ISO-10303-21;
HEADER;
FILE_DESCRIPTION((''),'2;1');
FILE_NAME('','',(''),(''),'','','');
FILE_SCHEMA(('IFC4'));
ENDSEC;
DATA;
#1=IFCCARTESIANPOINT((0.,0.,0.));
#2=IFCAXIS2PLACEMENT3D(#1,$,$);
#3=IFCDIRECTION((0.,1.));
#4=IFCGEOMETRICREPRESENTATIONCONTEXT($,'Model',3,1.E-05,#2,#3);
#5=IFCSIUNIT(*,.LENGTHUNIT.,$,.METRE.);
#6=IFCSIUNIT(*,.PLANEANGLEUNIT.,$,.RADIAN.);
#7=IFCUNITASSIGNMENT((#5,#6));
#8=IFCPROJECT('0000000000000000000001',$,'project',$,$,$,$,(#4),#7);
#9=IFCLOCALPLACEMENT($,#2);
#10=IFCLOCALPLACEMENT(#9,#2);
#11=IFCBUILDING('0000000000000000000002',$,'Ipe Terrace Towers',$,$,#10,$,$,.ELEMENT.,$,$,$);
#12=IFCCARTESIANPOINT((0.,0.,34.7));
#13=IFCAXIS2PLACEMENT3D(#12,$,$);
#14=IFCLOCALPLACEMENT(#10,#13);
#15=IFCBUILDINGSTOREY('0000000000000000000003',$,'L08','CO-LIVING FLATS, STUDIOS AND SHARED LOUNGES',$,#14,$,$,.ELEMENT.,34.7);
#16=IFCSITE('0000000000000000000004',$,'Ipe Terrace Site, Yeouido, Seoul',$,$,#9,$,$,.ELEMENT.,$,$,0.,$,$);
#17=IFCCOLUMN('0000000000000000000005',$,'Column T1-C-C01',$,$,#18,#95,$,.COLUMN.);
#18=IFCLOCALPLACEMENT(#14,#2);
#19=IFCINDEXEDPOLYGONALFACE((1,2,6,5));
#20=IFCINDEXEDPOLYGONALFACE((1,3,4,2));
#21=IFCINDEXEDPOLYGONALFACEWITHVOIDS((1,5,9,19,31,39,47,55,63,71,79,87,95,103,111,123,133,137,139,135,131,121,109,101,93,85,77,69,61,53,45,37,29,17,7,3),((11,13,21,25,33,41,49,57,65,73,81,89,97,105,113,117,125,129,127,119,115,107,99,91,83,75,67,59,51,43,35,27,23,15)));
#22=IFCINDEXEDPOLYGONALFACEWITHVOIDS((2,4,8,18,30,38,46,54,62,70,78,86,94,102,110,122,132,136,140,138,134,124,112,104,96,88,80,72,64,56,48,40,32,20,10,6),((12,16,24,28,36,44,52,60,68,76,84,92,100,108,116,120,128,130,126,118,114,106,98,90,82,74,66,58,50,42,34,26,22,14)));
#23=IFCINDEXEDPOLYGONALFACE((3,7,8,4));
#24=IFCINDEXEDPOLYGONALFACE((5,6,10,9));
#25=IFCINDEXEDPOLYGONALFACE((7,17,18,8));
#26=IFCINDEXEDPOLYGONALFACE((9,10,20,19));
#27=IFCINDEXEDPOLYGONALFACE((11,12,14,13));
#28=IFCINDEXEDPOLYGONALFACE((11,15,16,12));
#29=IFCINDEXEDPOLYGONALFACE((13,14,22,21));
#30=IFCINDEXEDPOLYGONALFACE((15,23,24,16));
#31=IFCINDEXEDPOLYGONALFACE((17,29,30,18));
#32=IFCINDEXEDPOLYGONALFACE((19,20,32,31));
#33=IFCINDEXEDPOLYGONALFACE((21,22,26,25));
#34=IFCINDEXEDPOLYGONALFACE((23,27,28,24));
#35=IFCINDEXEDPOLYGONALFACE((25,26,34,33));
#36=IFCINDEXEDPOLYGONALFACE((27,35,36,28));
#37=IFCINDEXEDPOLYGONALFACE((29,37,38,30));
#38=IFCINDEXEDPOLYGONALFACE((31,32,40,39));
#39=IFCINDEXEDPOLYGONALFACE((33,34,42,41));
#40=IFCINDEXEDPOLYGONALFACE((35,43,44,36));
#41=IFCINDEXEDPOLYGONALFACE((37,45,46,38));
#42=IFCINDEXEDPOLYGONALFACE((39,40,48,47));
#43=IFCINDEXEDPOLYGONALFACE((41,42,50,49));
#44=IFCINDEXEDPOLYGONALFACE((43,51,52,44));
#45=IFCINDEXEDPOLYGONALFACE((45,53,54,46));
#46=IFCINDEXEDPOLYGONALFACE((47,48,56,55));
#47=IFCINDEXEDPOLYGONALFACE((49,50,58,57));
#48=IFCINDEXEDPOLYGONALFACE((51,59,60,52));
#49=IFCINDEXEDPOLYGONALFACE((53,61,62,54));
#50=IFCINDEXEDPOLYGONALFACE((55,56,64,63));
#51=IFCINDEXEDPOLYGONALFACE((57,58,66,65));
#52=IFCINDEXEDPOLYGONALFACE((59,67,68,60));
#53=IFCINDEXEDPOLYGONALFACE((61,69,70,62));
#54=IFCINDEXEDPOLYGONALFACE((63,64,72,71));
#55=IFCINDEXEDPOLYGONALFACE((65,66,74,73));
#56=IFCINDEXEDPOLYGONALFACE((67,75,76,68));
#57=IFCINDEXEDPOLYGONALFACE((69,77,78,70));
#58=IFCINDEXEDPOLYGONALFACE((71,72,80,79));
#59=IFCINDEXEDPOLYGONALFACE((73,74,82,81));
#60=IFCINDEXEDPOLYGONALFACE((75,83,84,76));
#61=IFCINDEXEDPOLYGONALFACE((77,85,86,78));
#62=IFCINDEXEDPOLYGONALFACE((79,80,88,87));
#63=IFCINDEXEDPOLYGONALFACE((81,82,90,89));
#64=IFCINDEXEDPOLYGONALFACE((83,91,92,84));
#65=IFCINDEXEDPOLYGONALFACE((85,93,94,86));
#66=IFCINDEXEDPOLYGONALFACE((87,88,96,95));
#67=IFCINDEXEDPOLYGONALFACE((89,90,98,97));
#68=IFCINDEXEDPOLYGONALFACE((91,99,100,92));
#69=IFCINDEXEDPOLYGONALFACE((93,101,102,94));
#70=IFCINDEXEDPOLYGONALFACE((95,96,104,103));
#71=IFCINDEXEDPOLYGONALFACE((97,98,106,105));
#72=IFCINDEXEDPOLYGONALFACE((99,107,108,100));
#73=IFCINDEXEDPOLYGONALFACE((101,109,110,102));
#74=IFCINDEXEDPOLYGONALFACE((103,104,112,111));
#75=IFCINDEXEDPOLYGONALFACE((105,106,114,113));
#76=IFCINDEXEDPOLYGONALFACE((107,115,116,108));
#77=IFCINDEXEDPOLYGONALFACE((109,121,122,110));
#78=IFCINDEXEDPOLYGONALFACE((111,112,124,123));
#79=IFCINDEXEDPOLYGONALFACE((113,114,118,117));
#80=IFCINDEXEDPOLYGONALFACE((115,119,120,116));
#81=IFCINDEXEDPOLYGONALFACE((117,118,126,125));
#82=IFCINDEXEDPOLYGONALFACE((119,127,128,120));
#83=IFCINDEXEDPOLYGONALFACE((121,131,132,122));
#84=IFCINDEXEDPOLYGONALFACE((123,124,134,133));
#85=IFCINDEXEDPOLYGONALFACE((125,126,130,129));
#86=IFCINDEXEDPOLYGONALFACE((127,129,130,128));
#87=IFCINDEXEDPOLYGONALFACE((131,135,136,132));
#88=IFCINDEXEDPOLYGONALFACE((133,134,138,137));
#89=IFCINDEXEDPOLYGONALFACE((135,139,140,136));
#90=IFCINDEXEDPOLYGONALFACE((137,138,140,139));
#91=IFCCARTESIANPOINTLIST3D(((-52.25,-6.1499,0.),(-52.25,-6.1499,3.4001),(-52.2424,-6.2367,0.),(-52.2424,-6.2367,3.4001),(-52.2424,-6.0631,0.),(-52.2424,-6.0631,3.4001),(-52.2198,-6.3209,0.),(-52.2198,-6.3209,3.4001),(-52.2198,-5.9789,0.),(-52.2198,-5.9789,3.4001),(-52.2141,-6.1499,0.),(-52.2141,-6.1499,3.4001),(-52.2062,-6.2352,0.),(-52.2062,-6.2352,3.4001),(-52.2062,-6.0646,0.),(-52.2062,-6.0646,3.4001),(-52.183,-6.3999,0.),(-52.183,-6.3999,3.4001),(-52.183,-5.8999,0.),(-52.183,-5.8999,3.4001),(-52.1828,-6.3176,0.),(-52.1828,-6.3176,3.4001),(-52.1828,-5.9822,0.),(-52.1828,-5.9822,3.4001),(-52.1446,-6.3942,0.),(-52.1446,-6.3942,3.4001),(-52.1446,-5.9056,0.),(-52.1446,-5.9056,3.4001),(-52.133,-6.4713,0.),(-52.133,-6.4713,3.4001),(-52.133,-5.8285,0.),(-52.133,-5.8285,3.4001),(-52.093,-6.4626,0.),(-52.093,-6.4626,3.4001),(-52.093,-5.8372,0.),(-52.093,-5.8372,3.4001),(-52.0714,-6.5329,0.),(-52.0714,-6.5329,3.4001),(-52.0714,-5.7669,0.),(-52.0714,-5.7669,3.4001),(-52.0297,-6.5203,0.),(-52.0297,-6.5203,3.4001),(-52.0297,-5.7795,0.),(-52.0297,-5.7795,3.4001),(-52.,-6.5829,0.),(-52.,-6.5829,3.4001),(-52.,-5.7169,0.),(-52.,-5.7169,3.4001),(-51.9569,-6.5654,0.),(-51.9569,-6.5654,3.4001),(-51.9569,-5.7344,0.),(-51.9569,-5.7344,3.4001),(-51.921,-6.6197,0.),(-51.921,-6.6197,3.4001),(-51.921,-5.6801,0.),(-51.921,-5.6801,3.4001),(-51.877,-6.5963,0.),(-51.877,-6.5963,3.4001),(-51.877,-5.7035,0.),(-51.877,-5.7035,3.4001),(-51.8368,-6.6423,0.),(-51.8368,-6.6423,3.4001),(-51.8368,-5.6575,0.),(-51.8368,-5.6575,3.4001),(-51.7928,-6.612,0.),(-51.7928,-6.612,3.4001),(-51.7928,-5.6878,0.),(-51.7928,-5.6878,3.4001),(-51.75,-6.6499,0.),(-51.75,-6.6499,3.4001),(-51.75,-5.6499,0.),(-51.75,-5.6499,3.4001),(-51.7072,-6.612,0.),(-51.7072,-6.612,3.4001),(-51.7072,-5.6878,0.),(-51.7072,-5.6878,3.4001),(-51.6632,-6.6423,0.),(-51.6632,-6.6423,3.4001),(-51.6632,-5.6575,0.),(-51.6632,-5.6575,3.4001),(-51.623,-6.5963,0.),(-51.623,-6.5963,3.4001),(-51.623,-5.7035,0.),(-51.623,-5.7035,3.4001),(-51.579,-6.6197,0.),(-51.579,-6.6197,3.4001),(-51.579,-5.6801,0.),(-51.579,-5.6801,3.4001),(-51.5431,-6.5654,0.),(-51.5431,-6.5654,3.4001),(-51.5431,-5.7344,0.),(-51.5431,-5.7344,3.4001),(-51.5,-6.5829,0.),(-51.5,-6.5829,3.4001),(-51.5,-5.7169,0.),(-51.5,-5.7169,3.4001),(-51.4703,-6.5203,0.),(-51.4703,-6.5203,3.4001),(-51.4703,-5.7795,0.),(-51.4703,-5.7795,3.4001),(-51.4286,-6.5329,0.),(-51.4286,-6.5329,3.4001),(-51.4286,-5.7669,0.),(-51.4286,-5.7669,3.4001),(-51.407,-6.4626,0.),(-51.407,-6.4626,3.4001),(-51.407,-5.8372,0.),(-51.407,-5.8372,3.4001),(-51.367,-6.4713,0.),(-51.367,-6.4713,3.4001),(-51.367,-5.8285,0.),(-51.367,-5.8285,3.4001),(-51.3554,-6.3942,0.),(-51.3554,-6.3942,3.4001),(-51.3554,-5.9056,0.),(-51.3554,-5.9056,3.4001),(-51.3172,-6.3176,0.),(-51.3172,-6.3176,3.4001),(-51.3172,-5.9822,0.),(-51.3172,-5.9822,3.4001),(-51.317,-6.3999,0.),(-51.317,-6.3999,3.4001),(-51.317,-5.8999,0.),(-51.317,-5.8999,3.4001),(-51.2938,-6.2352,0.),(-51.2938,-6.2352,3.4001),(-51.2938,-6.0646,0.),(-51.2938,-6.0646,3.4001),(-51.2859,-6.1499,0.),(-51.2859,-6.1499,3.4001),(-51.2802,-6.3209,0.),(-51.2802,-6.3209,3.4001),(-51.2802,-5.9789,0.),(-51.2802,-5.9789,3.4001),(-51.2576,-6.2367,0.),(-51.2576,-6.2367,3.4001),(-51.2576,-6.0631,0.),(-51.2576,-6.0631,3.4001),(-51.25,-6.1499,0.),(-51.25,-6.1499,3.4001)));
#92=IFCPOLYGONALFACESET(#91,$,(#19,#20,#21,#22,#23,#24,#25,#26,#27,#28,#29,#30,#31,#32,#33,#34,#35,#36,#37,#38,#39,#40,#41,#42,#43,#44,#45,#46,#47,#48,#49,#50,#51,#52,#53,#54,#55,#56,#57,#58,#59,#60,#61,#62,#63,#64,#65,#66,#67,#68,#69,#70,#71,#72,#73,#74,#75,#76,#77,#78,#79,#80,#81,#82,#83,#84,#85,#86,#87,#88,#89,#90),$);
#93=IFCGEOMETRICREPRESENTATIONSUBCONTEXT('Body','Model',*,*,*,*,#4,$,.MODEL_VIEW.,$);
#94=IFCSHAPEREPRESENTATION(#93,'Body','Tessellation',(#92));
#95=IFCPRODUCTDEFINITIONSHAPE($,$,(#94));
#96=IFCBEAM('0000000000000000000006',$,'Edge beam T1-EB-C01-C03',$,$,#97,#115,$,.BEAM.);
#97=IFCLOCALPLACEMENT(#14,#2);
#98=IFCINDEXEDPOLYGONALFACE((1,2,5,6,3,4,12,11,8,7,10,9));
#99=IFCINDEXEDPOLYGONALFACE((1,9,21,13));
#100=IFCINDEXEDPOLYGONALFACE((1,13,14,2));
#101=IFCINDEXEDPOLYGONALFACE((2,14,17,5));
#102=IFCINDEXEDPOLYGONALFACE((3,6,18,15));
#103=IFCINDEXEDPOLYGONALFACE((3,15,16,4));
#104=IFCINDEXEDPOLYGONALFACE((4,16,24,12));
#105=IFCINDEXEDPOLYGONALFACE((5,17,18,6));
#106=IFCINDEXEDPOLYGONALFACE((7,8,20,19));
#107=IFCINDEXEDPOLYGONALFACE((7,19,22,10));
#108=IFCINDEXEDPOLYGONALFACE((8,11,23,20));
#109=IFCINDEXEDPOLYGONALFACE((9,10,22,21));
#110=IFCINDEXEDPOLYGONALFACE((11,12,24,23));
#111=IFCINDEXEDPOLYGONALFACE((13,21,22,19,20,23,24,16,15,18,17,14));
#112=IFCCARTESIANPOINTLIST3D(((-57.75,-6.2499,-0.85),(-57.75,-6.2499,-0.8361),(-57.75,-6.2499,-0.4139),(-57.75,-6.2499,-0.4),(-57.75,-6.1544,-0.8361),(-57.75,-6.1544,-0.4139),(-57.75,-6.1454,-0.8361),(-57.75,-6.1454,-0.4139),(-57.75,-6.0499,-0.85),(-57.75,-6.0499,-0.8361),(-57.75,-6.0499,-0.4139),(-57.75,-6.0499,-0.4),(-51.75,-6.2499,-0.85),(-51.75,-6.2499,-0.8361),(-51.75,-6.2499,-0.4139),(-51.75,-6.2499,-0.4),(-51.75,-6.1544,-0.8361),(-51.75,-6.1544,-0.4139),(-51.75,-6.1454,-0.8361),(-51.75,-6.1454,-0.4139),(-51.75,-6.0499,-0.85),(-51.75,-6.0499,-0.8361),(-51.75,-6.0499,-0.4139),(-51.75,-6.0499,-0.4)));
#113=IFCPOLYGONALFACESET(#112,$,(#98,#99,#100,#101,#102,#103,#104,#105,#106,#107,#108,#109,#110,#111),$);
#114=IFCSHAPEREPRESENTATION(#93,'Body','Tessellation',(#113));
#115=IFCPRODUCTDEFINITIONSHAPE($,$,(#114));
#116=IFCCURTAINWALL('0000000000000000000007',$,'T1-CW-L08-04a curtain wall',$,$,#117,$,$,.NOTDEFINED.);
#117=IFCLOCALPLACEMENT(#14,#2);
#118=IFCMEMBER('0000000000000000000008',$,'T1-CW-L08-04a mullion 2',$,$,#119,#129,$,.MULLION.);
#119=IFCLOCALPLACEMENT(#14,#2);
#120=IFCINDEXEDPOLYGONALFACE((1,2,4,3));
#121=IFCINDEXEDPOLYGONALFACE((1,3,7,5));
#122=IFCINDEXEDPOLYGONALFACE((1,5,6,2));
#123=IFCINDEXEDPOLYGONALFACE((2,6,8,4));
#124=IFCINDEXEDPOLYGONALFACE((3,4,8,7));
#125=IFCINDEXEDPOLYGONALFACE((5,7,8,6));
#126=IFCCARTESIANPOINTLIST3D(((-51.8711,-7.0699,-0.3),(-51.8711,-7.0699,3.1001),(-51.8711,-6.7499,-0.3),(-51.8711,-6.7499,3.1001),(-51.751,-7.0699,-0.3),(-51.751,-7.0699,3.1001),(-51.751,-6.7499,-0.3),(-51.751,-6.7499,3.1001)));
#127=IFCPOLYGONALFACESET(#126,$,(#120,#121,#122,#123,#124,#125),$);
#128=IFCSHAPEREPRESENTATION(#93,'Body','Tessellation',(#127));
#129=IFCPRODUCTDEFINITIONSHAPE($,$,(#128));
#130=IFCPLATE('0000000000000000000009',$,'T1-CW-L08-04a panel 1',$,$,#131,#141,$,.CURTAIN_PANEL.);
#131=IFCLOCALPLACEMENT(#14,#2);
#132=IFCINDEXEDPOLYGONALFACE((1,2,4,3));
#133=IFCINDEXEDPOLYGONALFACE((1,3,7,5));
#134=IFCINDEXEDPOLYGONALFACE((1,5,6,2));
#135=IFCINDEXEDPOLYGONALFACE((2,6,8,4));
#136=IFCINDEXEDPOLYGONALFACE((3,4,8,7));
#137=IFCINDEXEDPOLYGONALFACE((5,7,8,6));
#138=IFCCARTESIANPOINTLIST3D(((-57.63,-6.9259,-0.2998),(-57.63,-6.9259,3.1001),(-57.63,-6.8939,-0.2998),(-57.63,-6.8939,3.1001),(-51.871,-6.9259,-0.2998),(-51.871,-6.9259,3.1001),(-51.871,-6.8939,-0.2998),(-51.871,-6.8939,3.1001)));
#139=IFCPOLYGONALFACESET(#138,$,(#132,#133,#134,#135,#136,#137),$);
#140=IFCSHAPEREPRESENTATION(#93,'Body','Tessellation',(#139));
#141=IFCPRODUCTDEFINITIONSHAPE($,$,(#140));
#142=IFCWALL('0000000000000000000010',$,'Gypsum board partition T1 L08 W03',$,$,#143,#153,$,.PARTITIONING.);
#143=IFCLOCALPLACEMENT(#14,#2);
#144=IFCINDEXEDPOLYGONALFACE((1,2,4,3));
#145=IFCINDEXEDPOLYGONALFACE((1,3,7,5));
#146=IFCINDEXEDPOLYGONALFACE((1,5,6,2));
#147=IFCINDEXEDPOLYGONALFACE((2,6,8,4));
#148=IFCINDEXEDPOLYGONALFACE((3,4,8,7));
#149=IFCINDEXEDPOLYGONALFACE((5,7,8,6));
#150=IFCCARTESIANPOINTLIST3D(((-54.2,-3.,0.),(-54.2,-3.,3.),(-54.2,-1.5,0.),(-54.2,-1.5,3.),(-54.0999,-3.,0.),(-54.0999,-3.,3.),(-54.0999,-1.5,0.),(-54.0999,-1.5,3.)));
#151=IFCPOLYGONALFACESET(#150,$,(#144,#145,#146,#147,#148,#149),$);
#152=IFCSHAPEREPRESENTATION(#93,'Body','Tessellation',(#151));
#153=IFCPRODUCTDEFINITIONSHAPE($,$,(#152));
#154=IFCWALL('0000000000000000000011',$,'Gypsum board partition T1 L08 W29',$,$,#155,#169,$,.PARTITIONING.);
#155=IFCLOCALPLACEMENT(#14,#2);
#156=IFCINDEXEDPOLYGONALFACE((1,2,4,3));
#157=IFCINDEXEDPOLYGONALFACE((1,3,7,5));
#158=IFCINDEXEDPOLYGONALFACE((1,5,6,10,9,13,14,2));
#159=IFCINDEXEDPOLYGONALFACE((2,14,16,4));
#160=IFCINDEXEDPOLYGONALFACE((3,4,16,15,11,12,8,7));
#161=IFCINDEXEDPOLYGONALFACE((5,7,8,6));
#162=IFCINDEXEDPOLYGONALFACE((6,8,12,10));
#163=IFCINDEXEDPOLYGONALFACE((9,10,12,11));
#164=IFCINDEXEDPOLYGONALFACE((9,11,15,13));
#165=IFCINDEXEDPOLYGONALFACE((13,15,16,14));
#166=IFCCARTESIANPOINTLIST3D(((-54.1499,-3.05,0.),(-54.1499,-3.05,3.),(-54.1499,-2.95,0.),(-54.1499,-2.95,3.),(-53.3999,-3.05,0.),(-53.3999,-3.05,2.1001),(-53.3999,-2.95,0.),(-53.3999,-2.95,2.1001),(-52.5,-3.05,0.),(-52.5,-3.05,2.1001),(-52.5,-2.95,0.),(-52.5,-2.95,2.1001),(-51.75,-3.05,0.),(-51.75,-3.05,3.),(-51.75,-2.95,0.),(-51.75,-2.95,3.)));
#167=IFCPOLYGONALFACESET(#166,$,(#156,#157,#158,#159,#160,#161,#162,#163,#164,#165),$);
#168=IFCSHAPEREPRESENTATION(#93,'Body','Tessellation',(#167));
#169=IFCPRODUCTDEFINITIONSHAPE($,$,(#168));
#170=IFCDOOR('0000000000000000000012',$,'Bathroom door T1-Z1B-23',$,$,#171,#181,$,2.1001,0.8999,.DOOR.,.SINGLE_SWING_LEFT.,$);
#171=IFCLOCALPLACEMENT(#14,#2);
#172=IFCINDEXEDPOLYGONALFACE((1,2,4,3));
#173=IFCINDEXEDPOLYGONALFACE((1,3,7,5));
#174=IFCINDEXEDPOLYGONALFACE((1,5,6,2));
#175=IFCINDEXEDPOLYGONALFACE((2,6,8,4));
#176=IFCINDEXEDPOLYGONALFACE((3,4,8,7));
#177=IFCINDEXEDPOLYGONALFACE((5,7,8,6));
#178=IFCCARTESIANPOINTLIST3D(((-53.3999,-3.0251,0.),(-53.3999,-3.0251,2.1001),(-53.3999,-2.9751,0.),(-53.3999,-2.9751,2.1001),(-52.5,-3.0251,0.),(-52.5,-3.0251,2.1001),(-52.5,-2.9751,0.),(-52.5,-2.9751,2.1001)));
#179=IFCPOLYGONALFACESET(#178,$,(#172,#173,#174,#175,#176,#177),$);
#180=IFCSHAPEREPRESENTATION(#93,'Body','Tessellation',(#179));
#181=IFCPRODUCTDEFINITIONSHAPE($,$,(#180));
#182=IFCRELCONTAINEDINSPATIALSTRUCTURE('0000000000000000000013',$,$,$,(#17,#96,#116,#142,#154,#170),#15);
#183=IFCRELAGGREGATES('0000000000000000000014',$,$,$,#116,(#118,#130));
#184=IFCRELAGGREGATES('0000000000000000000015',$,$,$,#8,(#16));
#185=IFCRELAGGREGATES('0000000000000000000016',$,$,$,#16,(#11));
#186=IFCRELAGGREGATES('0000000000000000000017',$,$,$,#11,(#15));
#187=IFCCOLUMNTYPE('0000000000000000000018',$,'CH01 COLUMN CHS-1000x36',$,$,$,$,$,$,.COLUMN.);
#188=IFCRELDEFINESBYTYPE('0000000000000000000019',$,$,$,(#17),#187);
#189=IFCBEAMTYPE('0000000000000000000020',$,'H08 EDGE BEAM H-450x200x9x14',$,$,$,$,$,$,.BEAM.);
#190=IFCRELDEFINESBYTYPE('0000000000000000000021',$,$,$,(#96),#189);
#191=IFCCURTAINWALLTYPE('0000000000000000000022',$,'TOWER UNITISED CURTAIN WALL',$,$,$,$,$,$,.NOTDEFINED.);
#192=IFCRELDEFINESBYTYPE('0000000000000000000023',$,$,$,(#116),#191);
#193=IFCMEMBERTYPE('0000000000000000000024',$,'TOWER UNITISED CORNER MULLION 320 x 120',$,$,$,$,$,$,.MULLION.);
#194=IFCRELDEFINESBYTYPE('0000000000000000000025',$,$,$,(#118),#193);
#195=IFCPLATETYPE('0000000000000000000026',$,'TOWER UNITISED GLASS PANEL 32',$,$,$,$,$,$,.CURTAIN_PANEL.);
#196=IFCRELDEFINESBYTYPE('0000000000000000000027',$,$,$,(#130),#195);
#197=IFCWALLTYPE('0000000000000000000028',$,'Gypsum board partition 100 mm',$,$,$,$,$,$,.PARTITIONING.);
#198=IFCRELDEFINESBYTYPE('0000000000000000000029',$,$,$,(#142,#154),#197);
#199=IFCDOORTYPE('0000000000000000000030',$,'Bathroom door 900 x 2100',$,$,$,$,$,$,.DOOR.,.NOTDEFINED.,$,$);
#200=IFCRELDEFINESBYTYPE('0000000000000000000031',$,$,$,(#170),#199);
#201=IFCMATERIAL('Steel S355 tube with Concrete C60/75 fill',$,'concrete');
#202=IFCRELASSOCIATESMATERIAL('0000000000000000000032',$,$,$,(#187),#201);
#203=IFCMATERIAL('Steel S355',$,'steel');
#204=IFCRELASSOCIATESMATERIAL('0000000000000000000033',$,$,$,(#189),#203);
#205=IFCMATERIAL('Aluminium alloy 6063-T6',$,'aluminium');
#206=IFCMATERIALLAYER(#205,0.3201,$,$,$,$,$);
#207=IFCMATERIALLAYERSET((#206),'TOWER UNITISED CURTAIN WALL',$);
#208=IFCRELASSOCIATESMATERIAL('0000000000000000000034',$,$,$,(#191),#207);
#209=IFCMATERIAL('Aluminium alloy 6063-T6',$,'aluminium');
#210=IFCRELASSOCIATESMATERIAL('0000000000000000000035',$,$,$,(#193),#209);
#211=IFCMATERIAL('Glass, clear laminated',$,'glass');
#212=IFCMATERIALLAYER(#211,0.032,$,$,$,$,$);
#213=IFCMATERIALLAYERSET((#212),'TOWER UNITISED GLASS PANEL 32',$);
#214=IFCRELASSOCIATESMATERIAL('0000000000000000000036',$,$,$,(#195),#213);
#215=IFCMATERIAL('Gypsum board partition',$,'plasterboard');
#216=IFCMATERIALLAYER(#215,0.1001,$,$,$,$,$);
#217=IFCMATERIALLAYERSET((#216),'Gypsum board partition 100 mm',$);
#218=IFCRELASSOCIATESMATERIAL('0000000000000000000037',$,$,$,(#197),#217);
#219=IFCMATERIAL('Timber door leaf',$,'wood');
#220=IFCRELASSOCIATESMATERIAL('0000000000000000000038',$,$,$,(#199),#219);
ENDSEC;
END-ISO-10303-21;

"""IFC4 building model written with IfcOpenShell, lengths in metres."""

from ifc_helpers import new_model, si_unit, direction, frame, frame_2d, origin, origin_2d, place, context, subcontext, project, spatial, rectangle, hollow_circle, i_section, extrude, material, layer, layer_set, material_profile, profile_set, type_object, element, fill, aggregate, save


model = new_model("IFC4")

# Units and contexts
model_context = context("Model", 3, precision=1e-05, world=origin(), true_north=direction((0.0, 1.0)))
body_context = subcontext(model_context, "Body", "Model", "MODEL_VIEW")
ifc_project = project(units=[si_unit("LENGTHUNIT", "METRE"), si_unit("PLANEANGLEUNIT", "RADIAN")], contexts=[model_context])

# Site, building, storey
site_placement = place(None, origin())
site = spatial("IfcSite", under=ifc_project, at=site_placement, Name="Ipe Terrace Site, Yeouido, Seoul", CompositionType="ELEMENT", RefElevation=0.0)
building_placement = place(site_placement, origin())
building = spatial("IfcBuilding", under=site, at=building_placement, Name="Ipe Terrace Towers", CompositionType="ELEMENT")
storey_placement = place(building_placement, frame((0.0, 0.0, 34.7)))
storey = spatial("IfcBuildingStorey", under=building, at=storey_placement, Name="L08", Description="CO-LIVING FLATS, STUDIOS AND SHARED LOUNGES", CompositionType="ELEMENT", Elevation=34.7)

# Column
ifc_material_1 = material(Name="Steel S355 tube with Concrete C60/75 fill", Category="concrete")
ifc_material_profile_1 = material_profile(ifc_material_1, hollow_circle(Radius=0.5, WallThickness=0.0359, at=origin_2d()), Name="CHS-1000x36")
ifc_profile_set_1 = profile_set([ifc_material_profile_1], Name="Steel S355 tube with Concrete C60/75 fill")
column_type = type_object("IfcColumnType", Name="CH01 COLUMN CHS-1000x36", PredefinedType="COLUMN", material=ifc_profile_set_1)
column_placement = place(storey_placement, frame((-51.75, -6.1499, 0.0), z_axis=(0.0, 0.0, 1.0), x_axis=(1.0, 0.0, 0.0)))
element("IfcColumn", 1, at=column_placement, inside=storey, type_object=column_type, Name="Column T1-C-C01", PredefinedType="COLUMN", context=body_context, shape_type="SweptSolid", body=[
    extrude(hollow_circle(Radius=0.5, WallThickness=0.0359, at=origin_2d()), origin(), (0.0, 0.0, 1.0), 3.4001),
])

# Beam
ifc_material_2 = material(Name="Steel S355", Category="steel")
ifc_material_profile_2 = material_profile(ifc_material_2, i_section(OverallWidth=0.2, OverallDepth=0.45, WebThickness=0.009, FlangeThickness=0.0139, at=origin_2d()), Name="H-450x200x9x14")
ifc_profile_set_2 = profile_set([ifc_material_profile_2], Name="Steel S355")
beam_type = type_object("IfcBeamType", Name="H08 EDGE BEAM H-450x200x9x14", PredefinedType="BEAM", material=ifc_profile_set_2)
beam_placement = place(storey_placement, frame((-51.75, -6.1499, -0.625), z_axis=(-1.0, 0.0, 0.0), x_axis=(0.0, -1.0, 0.0)))
element("IfcBeam", 2, at=beam_placement, inside=storey, type_object=beam_type, Name="Edge beam T1-EB-C01-C03", PredefinedType="BEAM", context=body_context, shape_type="SweptSolid", body=[
    extrude(i_section(OverallWidth=0.2, OverallDepth=0.45, WebThickness=0.009, FlangeThickness=0.0139, at=origin_2d()), origin(), (0.0, 0.0, 1.0), 6.0),
])

# Curtain wall, member, plate
ifc_material_3 = material(Name="Aluminium alloy 6063-T6", Category="aluminium")
ifc_layer_1 = layer(ifc_material_3, 0.3201)
ifc_layer_set_1 = layer_set([ifc_layer_1], Name="TOWER UNITISED CURTAIN WALL")
curtain_wall_type = type_object("IfcCurtainWallType", Name="TOWER UNITISED CURTAIN WALL", PredefinedType="NOTDEFINED", material=ifc_layer_set_1)
curtain_wall_placement = place(storey_placement, origin())
curtain_wall = element("IfcCurtainWall", 3, at=curtain_wall_placement, inside=storey, type_object=curtain_wall_type, Name="T1-CW-L08-04a curtain wall", PredefinedType="NOTDEFINED")
ifc_material_4 = material(Name="Aluminium alloy 6063-T6", Category="aluminium")
ifc_material_profile_3 = material_profile(ifc_material_4, rectangle(XDim=0.3201, YDim=0.1201, at=origin_2d()), Name="TOWER UNITISED CORNER MULLION 320 x 120")
ifc_profile_set_3 = profile_set([ifc_material_profile_3], Name="Aluminium alloy 6063-T6")
member_type = type_object("IfcMemberType", Name="TOWER UNITISED CORNER MULLION 320 x 120", PredefinedType="MULLION", material=ifc_profile_set_3)
member_placement = place(storey_placement, frame((-51.811, -6.9099, -0.3), z_axis=(0.0, 0.0, 1.0), x_axis=(0.0, -1.0, 0.0)))
member = element("IfcMember", 4, at=member_placement, type_object=member_type, Name="T1-CW-L08-04a mullion 2", PredefinedType="MULLION", context=body_context, shape_type="SweptSolid", body=[
    extrude(rectangle(XDim=0.3201, YDim=0.1201, at=origin_2d()), origin(), (0.0, 0.0, 1.0), 3.4001),
])
ifc_material_5 = material(Name="Glass, clear laminated", Category="glass")
ifc_layer_2 = layer(ifc_material_5, 0.032)
ifc_layer_set_2 = layer_set([ifc_layer_2], Name="TOWER UNITISED GLASS PANEL 32")
plate_type = type_object("IfcPlateType", Name="TOWER UNITISED GLASS PANEL 32", PredefinedType="CURTAIN_PANEL", material=ifc_layer_set_2)
plate_placement = place(storey_placement, frame((-54.7505, -6.9099, -0.2998), z_axis=(0.0, 0.0, 1.0), x_axis=(1.0, 0.0, 0.0)))
plate = element("IfcPlate", 5, at=plate_placement, type_object=plate_type, Name="T1-CW-L08-04a panel 1", PredefinedType="CURTAIN_PANEL", context=body_context, shape_type="SweptSolid", body=[
    extrude(rectangle(XDim=5.759, YDim=0.032, at=origin_2d()), origin(), (0.0, 0.0, 1.0), 3.3999),
])
aggregate(curtain_wall, [member, plate])

# Wall
ifc_material_6 = material(Name="Gypsum board partition", Category="plasterboard")
ifc_layer_3 = layer(ifc_material_6, 0.1001)
ifc_layer_set_3 = layer_set([ifc_layer_3], Name="Gypsum board partition 100 mm")
wall_type_1 = type_object("IfcWallType", Name="Gypsum board partition 100 mm", PredefinedType="PARTITIONING", material=ifc_layer_set_3)
wall_1_placement = place(storey_placement, frame((-54.1499, -3.0, 0.0), z_axis=(0.0, 0.0, 1.0), x_axis=(0.0, 1.0, 0.0)))
element("IfcWall", 6, at=wall_1_placement, inside=storey, type_object=wall_type_1, Name="Gypsum board partition T1 L08 W03", PredefinedType="PARTITIONING", context=body_context, shape_type="SweptSolid", body=[
    extrude(rectangle(XDim=1.5, YDim=0.1001, at=frame_2d((0.75, 0.0))), origin(), (0.0, 0.0, 1.0), 3.0),
])

# Wall, opening, door
wall_2_placement = place(storey_placement, frame((-54.1499, -3.0, 0.0), z_axis=(0.0, 0.0, 1.0), x_axis=(1.0, 0.0, 0.0)))
wall_2 = element("IfcWall", 7, at=wall_2_placement, inside=storey, type_object=wall_type_1, Name="Gypsum board partition T1 L08 W29", PredefinedType="PARTITIONING", context=body_context, shape_type="SweptSolid", body=[
    extrude(rectangle(XDim=2.3999, YDim=0.1001, at=frame_2d((1.2, 0.0))), origin(), (0.0, 0.0, 1.0), 3.0),
])
opening_1_placement = place(wall_2_placement, frame((0.75, 0.0, 0.0)))
opening_1 = element("IfcOpeningElement", 8, at=opening_1_placement, cuts=wall_2, PredefinedType="OPENING", context=body_context, shape_type="SweptSolid", body=[
    extrude(rectangle(XDim=0.8999, YDim=2.1001, at=frame_2d((0.45, 1.05))), frame((0.0, 0.0601, 0.0), z_axis=(0.0, -1.0, 0.0), x_axis=(1.0, 0.0, 0.0)), (0.0, 0.0, 1.0), 0.1201),
])
ifc_material_7 = material(Name="Timber door leaf", Category="wood")
door_type_1 = type_object("IfcDoorType", Name="Bathroom door 900 x 2100", OperationType="NOTDEFINED", PredefinedType="DOOR", material=ifc_material_7)
door_1_placement = place(opening_1_placement, origin())
door_1 = element("IfcDoor", 9, at=door_1_placement, inside=storey, type_object=door_type_1, Name="Bathroom door T1-Z1B-23", OperationType="SINGLE_SWING_LEFT", OverallHeight=2.1001, OverallWidth=0.8999, PredefinedType="DOOR", context=body_context, shape_type="SweptSolid", body=[
    extrude(rectangle(XDim=0.8999, YDim=2.1001, at=frame_2d((0.45, 1.05))), frame((0.0, 0.0249, 0.0), z_axis=(0.0, -1.0, 0.0), x_axis=(1.0, 0.0, 0.0)), (0.0, 0.0, 1.0), 0.05),
])
fill(opening_1, door_1)

save(model, "model.ifc")
